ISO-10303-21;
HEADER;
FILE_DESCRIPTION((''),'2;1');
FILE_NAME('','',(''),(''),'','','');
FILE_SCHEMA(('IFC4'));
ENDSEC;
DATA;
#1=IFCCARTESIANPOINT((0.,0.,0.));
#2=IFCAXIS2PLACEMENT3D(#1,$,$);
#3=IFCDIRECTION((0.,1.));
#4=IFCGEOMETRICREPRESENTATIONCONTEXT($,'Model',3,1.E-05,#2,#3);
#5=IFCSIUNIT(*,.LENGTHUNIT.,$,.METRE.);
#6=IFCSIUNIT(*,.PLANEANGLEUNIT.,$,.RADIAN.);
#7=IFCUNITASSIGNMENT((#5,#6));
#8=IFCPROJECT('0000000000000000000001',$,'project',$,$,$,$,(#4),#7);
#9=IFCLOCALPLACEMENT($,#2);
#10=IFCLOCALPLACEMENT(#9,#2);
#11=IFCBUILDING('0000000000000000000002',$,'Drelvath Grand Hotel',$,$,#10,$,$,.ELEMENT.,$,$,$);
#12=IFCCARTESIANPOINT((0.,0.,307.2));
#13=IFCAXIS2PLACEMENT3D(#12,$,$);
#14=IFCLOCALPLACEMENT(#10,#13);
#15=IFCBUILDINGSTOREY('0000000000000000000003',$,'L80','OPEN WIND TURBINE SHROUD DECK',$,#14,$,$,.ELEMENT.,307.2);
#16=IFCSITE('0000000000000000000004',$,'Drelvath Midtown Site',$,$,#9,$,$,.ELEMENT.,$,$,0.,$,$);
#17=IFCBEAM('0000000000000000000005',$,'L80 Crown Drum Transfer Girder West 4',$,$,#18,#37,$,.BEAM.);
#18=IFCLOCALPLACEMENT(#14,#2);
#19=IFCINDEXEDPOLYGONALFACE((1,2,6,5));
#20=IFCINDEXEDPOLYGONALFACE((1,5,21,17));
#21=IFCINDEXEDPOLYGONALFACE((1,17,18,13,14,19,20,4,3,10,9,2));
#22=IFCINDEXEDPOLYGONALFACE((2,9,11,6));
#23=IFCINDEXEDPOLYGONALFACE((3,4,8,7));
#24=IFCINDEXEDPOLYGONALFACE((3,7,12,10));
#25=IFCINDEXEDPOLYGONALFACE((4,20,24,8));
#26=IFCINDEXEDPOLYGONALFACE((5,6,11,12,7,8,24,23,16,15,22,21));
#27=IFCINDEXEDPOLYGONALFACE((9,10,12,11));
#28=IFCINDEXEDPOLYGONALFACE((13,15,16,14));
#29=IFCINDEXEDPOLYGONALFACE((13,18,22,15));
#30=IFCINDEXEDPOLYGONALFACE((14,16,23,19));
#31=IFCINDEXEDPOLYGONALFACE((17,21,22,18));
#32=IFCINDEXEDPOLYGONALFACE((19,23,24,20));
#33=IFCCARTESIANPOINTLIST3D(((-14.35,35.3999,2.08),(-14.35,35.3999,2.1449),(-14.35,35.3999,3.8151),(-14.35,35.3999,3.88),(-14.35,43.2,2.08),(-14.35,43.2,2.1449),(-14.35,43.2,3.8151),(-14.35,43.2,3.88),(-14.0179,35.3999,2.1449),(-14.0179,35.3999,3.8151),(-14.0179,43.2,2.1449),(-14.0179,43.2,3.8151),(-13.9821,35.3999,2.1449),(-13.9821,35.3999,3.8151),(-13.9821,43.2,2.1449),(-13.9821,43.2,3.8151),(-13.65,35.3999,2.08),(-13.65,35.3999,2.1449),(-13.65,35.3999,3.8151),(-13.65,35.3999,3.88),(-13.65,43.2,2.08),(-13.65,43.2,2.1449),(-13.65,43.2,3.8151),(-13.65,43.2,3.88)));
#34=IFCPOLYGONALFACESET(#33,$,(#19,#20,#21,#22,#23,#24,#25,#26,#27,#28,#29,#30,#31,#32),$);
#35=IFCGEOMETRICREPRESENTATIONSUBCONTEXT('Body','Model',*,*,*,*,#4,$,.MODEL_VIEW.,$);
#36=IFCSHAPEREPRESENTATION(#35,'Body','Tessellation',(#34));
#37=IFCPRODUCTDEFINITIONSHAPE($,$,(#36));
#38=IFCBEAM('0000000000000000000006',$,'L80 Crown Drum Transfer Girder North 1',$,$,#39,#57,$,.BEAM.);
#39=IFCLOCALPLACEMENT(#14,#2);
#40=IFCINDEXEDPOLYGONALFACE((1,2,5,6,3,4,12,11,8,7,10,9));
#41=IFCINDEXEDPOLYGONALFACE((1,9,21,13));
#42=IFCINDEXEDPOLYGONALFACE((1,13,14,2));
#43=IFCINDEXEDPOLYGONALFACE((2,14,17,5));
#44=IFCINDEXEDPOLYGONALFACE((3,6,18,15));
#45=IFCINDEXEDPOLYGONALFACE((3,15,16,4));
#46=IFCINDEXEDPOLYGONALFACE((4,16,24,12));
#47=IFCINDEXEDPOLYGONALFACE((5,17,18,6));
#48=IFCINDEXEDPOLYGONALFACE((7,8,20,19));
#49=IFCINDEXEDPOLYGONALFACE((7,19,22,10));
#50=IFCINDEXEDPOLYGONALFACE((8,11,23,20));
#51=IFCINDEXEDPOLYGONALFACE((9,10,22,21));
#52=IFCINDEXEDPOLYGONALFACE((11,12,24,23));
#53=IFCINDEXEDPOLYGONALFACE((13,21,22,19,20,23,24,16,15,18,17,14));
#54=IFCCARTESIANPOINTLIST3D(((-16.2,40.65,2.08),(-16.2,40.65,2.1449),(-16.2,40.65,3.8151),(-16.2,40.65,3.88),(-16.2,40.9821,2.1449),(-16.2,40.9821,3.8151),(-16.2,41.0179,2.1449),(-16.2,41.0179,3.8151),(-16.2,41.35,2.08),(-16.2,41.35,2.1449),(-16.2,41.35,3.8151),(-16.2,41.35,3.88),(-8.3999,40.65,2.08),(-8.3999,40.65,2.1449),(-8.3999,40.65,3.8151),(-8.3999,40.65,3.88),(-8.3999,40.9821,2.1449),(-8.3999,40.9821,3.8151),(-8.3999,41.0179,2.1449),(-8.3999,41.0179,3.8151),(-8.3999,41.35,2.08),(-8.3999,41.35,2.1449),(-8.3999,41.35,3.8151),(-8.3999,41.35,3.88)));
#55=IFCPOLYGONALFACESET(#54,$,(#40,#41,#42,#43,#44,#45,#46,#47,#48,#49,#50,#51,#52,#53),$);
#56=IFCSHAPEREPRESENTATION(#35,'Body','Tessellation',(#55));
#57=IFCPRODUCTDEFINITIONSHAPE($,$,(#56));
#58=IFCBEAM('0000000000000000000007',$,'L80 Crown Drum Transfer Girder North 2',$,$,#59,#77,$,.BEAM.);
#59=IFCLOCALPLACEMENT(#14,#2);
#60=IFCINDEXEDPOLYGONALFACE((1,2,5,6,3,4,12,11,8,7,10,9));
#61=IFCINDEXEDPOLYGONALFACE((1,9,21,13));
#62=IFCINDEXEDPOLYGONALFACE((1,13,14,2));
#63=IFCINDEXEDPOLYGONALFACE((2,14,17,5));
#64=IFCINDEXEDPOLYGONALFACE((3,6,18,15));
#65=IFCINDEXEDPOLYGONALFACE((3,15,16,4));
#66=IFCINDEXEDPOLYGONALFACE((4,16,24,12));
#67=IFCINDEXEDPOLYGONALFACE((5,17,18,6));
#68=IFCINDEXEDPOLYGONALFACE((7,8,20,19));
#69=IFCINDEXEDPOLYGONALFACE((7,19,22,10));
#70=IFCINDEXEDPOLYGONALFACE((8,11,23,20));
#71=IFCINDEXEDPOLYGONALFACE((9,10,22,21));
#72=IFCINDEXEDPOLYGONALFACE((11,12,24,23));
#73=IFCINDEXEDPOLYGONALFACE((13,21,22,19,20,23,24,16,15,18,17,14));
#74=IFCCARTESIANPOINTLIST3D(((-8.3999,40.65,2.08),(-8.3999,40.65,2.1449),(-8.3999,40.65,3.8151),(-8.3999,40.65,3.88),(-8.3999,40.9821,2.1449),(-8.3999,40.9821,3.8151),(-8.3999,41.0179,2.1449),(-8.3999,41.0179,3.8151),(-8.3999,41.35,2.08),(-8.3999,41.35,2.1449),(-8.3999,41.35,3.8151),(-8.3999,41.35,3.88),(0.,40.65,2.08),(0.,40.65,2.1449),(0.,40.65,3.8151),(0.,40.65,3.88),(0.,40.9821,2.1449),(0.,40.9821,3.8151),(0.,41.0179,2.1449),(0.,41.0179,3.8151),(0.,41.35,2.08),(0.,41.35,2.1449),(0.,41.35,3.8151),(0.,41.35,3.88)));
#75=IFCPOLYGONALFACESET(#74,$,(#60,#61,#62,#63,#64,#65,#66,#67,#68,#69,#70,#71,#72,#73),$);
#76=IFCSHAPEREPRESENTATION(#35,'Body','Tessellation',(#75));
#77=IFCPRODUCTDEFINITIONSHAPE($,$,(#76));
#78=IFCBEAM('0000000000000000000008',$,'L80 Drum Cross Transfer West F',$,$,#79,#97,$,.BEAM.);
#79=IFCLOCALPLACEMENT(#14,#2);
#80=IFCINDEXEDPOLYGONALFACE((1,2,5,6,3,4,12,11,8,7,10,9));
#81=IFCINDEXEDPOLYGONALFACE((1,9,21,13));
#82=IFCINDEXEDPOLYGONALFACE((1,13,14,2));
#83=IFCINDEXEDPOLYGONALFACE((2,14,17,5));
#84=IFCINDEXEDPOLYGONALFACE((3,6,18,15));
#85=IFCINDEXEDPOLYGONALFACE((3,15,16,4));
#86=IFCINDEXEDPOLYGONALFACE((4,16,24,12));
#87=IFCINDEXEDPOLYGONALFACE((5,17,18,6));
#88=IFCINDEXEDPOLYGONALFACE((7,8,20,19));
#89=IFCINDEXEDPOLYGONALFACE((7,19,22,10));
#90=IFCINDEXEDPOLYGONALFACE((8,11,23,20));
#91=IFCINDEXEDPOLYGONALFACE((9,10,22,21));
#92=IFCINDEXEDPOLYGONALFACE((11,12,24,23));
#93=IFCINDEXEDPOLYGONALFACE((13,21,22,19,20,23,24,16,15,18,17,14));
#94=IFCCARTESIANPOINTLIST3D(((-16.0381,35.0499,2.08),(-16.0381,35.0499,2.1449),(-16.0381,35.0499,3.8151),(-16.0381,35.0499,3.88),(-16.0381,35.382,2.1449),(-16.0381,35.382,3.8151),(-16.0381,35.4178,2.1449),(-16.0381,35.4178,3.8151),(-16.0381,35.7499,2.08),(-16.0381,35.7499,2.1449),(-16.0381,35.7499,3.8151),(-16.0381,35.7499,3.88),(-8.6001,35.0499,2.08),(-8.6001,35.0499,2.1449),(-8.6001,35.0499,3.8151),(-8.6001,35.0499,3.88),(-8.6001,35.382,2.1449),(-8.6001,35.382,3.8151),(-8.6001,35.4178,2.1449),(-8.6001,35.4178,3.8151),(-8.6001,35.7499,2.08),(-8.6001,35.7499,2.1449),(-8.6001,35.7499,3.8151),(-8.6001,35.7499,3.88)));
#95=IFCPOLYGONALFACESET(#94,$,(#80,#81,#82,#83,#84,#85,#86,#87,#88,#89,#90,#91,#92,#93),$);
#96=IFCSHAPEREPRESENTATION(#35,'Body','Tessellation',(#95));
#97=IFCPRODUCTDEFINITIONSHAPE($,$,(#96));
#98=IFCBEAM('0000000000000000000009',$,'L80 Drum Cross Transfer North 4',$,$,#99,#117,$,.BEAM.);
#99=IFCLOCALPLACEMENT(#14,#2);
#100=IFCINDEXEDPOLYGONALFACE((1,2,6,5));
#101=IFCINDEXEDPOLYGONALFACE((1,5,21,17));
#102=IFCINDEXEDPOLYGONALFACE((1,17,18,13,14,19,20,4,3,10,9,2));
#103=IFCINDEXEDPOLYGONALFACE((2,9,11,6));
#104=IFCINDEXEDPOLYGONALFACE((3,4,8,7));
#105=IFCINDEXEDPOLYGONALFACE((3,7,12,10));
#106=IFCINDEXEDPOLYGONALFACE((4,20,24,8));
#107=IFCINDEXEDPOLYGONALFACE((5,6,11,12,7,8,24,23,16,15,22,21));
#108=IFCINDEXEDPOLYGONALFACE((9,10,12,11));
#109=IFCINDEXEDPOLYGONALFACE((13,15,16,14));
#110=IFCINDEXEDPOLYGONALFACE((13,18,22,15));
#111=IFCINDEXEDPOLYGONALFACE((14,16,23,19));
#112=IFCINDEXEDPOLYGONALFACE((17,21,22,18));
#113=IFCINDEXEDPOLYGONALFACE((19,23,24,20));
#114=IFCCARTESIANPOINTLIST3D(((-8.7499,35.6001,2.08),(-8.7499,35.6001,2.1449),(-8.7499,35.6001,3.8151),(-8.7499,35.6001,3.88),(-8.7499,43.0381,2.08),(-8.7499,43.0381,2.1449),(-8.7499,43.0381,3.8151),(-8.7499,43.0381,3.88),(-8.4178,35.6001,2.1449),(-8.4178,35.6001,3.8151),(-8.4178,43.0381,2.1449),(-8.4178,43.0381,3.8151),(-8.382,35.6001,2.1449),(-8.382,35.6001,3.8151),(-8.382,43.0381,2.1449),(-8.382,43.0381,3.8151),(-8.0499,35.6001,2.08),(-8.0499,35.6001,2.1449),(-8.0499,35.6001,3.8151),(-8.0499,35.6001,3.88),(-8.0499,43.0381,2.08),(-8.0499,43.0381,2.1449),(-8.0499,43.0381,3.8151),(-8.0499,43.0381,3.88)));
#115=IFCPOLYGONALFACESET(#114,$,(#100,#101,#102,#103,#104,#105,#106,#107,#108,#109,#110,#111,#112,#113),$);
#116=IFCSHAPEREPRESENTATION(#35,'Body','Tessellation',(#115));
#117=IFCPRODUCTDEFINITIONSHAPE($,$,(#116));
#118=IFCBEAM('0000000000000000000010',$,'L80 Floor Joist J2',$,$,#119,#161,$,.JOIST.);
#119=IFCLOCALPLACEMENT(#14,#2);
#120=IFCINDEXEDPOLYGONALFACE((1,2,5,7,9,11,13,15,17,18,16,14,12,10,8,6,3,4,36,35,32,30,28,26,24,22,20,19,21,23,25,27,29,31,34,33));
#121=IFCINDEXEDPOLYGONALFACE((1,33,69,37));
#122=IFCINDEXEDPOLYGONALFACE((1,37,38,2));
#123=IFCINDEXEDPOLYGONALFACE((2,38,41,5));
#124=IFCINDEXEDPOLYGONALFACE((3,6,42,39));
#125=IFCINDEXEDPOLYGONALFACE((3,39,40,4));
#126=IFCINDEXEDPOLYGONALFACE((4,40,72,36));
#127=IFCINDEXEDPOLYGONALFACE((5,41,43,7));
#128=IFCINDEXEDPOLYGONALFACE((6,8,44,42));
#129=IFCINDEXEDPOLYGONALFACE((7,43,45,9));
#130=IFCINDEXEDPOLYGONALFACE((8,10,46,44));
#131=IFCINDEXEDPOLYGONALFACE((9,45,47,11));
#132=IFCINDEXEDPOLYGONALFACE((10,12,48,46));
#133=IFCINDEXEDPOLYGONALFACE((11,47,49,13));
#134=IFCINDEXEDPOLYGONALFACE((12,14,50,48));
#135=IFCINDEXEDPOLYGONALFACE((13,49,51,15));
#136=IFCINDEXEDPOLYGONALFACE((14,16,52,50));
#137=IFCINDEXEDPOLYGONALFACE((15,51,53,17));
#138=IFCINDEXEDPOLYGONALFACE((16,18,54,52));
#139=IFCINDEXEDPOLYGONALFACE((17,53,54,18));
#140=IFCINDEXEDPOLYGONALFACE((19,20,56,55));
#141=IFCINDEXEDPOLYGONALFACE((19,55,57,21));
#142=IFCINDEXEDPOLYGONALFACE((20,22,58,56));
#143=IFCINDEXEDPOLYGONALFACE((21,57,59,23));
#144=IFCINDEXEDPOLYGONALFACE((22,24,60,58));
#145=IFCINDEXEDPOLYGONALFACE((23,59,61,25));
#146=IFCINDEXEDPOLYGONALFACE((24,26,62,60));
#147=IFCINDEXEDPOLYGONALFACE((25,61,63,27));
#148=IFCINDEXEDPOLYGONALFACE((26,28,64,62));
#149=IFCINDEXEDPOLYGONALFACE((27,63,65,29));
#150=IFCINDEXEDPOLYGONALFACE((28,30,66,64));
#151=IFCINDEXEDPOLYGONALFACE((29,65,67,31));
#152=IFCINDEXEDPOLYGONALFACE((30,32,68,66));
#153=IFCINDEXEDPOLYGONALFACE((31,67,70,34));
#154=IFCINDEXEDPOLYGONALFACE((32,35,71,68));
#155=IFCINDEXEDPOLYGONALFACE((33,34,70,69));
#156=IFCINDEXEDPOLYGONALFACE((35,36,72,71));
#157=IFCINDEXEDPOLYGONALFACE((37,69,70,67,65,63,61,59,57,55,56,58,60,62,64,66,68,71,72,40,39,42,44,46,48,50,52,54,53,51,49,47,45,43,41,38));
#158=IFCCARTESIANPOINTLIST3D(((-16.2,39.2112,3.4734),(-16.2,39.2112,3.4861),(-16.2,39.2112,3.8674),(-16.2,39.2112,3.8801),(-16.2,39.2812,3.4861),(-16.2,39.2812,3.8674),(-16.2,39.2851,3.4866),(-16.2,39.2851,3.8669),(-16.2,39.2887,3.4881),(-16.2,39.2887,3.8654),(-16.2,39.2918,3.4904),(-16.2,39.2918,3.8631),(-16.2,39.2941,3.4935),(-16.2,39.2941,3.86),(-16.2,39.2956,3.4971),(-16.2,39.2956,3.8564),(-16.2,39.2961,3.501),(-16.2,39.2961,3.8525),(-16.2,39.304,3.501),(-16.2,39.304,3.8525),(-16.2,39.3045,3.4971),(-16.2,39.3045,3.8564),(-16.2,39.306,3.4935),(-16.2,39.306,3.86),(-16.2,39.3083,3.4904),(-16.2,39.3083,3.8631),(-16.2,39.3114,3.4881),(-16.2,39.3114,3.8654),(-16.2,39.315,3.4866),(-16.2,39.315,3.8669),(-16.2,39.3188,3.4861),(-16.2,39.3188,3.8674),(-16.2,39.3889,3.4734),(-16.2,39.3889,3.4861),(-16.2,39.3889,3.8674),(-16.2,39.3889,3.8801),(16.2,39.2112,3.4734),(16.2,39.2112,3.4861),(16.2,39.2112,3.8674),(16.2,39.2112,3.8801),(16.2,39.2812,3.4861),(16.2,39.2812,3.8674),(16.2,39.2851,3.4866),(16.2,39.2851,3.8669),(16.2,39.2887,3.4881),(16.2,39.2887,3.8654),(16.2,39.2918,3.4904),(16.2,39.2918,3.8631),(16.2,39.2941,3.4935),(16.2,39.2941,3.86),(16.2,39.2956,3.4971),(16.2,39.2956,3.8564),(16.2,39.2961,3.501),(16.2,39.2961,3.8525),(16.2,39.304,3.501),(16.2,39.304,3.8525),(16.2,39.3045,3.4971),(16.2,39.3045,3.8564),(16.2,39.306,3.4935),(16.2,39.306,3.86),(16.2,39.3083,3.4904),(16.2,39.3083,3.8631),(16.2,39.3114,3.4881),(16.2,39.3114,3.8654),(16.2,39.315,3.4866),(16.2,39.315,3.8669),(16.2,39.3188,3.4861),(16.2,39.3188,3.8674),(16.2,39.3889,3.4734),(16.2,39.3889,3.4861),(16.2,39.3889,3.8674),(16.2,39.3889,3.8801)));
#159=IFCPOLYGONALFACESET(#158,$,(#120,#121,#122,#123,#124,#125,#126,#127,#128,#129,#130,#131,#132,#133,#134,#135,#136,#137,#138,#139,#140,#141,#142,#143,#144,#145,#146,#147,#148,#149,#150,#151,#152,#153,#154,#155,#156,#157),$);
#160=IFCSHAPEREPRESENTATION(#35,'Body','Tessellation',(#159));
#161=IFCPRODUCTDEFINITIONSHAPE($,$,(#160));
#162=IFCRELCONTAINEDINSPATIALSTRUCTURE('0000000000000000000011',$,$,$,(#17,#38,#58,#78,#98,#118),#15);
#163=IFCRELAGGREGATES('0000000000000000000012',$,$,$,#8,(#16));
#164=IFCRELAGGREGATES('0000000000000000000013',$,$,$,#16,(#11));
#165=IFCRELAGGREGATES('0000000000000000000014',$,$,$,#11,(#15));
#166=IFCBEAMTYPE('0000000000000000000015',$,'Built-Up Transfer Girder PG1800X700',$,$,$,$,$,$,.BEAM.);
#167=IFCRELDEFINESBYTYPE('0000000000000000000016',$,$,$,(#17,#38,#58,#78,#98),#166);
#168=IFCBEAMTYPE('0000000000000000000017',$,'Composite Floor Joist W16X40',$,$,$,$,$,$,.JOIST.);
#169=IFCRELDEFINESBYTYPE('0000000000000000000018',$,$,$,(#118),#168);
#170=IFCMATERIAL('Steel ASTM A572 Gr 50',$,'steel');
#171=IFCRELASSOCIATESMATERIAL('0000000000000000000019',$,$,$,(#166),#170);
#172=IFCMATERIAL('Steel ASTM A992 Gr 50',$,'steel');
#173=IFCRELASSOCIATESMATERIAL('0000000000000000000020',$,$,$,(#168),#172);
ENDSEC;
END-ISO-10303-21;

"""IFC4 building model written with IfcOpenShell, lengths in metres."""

from ifc_helpers import new_model, si_unit, direction, frame, origin, origin_2d, place, context, subcontext, project, spatial, i_section, extrude, material, material_profile, profile_set, type_object, element, save


model = new_model("IFC4")

# Units and contexts
model_context = context("Model", 3, precision=1e-05, world=origin(), true_north=direction((0.0, 1.0)))
body_context = subcontext(model_context, "Body", "Model", "MODEL_VIEW")
ifc_project = project(units=[si_unit("LENGTHUNIT", "METRE"), si_unit("PLANEANGLEUNIT", "RADIAN")], contexts=[model_context])

# Site, building, storey
site_placement = place(None, origin())
site = spatial("IfcSite", under=ifc_project, at=site_placement, Name="Drelvath Midtown Site", CompositionType="ELEMENT", RefElevation=0.0)
building_placement = place(site_placement, origin())
building = spatial("IfcBuilding", under=site, at=building_placement, Name="Drelvath Grand Hotel", CompositionType="ELEMENT")
storey_placement = place(building_placement, frame((0.0, 0.0, 307.2)))
storey = spatial("IfcBuildingStorey", under=building, at=storey_placement, Name="L80", Description="OPEN WIND TURBINE SHROUD DECK", CompositionType="ELEMENT", Elevation=307.2)

# Beams
ifc_material_1 = material(Name="Steel ASTM A572 Gr 50", Category="steel")
ifc_material_profile_1 = material_profile(ifc_material_1, i_section(OverallWidth=0.7, OverallDepth=1.8, WebThickness=0.0359, FlangeThickness=0.0649, at=origin_2d()), Name="PG1800X700")
ifc_profile_set_1 = profile_set([ifc_material_profile_1], Name="Steel ASTM A572 Gr 50")
beam_type_1 = type_object("IfcBeamType", Name="Built-Up Transfer Girder PG1800X700", PredefinedType="BEAM", material=ifc_profile_set_1)
for number, where, z_axis, x_axis, name in (
    (1, (-14.0, 35.3999, 2.98), (0.0, 1.0, 0.0), (-1.0, 0.0, 0.0), "L80 Crown Drum Transfer Girder West 4"),
    (2, (-16.2, 41.0, 2.98), (1.0, 0.0, 0.0), (0.0, 1.0, 0.0), "L80 Crown Drum Transfer Girder North 1"),
):
    element("IfcBeam", number, at=place(storey_placement, frame(where, z_axis=z_axis, x_axis=x_axis)), inside=storey, type_object=beam_type_1, Name=name, PredefinedType="BEAM", context=body_context, shape_type="SweptSolid", body=[
        extrude(i_section(OverallWidth=0.7, OverallDepth=1.8, WebThickness=0.0359, FlangeThickness=0.0649, at=origin_2d()), origin(), (0.0, 0.0, 1.0), 7.8),
    ])
beam_1_placement = place(storey_placement, frame((-8.3999, 41.0, 2.98), z_axis=(1.0, 0.0, 0.0), x_axis=(0.0, 1.0, 0.0)))
element("IfcBeam", 3, at=beam_1_placement, inside=storey, type_object=beam_type_1, Name="L80 Crown Drum Transfer Girder North 2", PredefinedType="BEAM", context=body_context, shape_type="SweptSolid", body=[
    extrude(i_section(OverallWidth=0.7, OverallDepth=1.8, WebThickness=0.0359, FlangeThickness=0.0649, at=origin_2d()), origin(), (0.0, 0.0, 1.0), 8.3999),
])
for number, where, z_axis, x_axis, name in (
    (4, (-16.0381, 35.3999, 2.98), (1.0, 0.0, 0.0), (0.0, 1.0, 0.0), "L80 Drum Cross Transfer West F"),
    (5, (-8.3999, 35.6001, 2.98), (0.0, 1.0, 0.0), (-1.0, 0.0, 0.0), "L80 Drum Cross Transfer North 4"),
):
    element("IfcBeam", number, at=place(storey_placement, frame(where, z_axis=z_axis, x_axis=x_axis)), inside=storey, type_object=beam_type_1, Name=name, PredefinedType="BEAM", context=body_context, shape_type="SweptSolid", body=[
        extrude(i_section(OverallWidth=0.7, OverallDepth=1.8, WebThickness=0.0359, FlangeThickness=0.0649, at=origin_2d()), origin(), (0.0, 0.0, 1.0), 7.438),
    ])
ifc_material_2 = material(Name="Steel ASTM A992 Gr 50", Category="steel")
ifc_material_profile_2 = material_profile(ifc_material_2, i_section(OverallWidth=0.1777, OverallDepth=0.4067, WebThickness=0.0078, FlangeThickness=0.0127, FilletRadius=0.0149, at=origin_2d()), Name="W16X40")
ifc_profile_set_2 = profile_set([ifc_material_profile_2], Name="Steel ASTM A992 Gr 50")
beam_type_2 = type_object("IfcBeamType", Name="Composite Floor Joist W16X40", PredefinedType="JOIST", material=ifc_profile_set_2)
beam_2_placement = place(storey_placement, frame((-16.2, 39.3, 3.6768), z_axis=(1.0, 0.0, 0.0), x_axis=(0.0, 1.0, 0.0)))
element("IfcBeam", 6, at=beam_2_placement, inside=storey, type_object=beam_type_2, Name="L80 Floor Joist J2", PredefinedType="JOIST", context=body_context, shape_type="SweptSolid", body=[
    extrude(i_section(OverallWidth=0.1777, OverallDepth=0.4067, WebThickness=0.0078, FlangeThickness=0.0127, FilletRadius=0.0149, at=origin_2d()), origin(), (0.0, 0.0, 1.0), 32.3999),
])

save(model, "model.ifc")
